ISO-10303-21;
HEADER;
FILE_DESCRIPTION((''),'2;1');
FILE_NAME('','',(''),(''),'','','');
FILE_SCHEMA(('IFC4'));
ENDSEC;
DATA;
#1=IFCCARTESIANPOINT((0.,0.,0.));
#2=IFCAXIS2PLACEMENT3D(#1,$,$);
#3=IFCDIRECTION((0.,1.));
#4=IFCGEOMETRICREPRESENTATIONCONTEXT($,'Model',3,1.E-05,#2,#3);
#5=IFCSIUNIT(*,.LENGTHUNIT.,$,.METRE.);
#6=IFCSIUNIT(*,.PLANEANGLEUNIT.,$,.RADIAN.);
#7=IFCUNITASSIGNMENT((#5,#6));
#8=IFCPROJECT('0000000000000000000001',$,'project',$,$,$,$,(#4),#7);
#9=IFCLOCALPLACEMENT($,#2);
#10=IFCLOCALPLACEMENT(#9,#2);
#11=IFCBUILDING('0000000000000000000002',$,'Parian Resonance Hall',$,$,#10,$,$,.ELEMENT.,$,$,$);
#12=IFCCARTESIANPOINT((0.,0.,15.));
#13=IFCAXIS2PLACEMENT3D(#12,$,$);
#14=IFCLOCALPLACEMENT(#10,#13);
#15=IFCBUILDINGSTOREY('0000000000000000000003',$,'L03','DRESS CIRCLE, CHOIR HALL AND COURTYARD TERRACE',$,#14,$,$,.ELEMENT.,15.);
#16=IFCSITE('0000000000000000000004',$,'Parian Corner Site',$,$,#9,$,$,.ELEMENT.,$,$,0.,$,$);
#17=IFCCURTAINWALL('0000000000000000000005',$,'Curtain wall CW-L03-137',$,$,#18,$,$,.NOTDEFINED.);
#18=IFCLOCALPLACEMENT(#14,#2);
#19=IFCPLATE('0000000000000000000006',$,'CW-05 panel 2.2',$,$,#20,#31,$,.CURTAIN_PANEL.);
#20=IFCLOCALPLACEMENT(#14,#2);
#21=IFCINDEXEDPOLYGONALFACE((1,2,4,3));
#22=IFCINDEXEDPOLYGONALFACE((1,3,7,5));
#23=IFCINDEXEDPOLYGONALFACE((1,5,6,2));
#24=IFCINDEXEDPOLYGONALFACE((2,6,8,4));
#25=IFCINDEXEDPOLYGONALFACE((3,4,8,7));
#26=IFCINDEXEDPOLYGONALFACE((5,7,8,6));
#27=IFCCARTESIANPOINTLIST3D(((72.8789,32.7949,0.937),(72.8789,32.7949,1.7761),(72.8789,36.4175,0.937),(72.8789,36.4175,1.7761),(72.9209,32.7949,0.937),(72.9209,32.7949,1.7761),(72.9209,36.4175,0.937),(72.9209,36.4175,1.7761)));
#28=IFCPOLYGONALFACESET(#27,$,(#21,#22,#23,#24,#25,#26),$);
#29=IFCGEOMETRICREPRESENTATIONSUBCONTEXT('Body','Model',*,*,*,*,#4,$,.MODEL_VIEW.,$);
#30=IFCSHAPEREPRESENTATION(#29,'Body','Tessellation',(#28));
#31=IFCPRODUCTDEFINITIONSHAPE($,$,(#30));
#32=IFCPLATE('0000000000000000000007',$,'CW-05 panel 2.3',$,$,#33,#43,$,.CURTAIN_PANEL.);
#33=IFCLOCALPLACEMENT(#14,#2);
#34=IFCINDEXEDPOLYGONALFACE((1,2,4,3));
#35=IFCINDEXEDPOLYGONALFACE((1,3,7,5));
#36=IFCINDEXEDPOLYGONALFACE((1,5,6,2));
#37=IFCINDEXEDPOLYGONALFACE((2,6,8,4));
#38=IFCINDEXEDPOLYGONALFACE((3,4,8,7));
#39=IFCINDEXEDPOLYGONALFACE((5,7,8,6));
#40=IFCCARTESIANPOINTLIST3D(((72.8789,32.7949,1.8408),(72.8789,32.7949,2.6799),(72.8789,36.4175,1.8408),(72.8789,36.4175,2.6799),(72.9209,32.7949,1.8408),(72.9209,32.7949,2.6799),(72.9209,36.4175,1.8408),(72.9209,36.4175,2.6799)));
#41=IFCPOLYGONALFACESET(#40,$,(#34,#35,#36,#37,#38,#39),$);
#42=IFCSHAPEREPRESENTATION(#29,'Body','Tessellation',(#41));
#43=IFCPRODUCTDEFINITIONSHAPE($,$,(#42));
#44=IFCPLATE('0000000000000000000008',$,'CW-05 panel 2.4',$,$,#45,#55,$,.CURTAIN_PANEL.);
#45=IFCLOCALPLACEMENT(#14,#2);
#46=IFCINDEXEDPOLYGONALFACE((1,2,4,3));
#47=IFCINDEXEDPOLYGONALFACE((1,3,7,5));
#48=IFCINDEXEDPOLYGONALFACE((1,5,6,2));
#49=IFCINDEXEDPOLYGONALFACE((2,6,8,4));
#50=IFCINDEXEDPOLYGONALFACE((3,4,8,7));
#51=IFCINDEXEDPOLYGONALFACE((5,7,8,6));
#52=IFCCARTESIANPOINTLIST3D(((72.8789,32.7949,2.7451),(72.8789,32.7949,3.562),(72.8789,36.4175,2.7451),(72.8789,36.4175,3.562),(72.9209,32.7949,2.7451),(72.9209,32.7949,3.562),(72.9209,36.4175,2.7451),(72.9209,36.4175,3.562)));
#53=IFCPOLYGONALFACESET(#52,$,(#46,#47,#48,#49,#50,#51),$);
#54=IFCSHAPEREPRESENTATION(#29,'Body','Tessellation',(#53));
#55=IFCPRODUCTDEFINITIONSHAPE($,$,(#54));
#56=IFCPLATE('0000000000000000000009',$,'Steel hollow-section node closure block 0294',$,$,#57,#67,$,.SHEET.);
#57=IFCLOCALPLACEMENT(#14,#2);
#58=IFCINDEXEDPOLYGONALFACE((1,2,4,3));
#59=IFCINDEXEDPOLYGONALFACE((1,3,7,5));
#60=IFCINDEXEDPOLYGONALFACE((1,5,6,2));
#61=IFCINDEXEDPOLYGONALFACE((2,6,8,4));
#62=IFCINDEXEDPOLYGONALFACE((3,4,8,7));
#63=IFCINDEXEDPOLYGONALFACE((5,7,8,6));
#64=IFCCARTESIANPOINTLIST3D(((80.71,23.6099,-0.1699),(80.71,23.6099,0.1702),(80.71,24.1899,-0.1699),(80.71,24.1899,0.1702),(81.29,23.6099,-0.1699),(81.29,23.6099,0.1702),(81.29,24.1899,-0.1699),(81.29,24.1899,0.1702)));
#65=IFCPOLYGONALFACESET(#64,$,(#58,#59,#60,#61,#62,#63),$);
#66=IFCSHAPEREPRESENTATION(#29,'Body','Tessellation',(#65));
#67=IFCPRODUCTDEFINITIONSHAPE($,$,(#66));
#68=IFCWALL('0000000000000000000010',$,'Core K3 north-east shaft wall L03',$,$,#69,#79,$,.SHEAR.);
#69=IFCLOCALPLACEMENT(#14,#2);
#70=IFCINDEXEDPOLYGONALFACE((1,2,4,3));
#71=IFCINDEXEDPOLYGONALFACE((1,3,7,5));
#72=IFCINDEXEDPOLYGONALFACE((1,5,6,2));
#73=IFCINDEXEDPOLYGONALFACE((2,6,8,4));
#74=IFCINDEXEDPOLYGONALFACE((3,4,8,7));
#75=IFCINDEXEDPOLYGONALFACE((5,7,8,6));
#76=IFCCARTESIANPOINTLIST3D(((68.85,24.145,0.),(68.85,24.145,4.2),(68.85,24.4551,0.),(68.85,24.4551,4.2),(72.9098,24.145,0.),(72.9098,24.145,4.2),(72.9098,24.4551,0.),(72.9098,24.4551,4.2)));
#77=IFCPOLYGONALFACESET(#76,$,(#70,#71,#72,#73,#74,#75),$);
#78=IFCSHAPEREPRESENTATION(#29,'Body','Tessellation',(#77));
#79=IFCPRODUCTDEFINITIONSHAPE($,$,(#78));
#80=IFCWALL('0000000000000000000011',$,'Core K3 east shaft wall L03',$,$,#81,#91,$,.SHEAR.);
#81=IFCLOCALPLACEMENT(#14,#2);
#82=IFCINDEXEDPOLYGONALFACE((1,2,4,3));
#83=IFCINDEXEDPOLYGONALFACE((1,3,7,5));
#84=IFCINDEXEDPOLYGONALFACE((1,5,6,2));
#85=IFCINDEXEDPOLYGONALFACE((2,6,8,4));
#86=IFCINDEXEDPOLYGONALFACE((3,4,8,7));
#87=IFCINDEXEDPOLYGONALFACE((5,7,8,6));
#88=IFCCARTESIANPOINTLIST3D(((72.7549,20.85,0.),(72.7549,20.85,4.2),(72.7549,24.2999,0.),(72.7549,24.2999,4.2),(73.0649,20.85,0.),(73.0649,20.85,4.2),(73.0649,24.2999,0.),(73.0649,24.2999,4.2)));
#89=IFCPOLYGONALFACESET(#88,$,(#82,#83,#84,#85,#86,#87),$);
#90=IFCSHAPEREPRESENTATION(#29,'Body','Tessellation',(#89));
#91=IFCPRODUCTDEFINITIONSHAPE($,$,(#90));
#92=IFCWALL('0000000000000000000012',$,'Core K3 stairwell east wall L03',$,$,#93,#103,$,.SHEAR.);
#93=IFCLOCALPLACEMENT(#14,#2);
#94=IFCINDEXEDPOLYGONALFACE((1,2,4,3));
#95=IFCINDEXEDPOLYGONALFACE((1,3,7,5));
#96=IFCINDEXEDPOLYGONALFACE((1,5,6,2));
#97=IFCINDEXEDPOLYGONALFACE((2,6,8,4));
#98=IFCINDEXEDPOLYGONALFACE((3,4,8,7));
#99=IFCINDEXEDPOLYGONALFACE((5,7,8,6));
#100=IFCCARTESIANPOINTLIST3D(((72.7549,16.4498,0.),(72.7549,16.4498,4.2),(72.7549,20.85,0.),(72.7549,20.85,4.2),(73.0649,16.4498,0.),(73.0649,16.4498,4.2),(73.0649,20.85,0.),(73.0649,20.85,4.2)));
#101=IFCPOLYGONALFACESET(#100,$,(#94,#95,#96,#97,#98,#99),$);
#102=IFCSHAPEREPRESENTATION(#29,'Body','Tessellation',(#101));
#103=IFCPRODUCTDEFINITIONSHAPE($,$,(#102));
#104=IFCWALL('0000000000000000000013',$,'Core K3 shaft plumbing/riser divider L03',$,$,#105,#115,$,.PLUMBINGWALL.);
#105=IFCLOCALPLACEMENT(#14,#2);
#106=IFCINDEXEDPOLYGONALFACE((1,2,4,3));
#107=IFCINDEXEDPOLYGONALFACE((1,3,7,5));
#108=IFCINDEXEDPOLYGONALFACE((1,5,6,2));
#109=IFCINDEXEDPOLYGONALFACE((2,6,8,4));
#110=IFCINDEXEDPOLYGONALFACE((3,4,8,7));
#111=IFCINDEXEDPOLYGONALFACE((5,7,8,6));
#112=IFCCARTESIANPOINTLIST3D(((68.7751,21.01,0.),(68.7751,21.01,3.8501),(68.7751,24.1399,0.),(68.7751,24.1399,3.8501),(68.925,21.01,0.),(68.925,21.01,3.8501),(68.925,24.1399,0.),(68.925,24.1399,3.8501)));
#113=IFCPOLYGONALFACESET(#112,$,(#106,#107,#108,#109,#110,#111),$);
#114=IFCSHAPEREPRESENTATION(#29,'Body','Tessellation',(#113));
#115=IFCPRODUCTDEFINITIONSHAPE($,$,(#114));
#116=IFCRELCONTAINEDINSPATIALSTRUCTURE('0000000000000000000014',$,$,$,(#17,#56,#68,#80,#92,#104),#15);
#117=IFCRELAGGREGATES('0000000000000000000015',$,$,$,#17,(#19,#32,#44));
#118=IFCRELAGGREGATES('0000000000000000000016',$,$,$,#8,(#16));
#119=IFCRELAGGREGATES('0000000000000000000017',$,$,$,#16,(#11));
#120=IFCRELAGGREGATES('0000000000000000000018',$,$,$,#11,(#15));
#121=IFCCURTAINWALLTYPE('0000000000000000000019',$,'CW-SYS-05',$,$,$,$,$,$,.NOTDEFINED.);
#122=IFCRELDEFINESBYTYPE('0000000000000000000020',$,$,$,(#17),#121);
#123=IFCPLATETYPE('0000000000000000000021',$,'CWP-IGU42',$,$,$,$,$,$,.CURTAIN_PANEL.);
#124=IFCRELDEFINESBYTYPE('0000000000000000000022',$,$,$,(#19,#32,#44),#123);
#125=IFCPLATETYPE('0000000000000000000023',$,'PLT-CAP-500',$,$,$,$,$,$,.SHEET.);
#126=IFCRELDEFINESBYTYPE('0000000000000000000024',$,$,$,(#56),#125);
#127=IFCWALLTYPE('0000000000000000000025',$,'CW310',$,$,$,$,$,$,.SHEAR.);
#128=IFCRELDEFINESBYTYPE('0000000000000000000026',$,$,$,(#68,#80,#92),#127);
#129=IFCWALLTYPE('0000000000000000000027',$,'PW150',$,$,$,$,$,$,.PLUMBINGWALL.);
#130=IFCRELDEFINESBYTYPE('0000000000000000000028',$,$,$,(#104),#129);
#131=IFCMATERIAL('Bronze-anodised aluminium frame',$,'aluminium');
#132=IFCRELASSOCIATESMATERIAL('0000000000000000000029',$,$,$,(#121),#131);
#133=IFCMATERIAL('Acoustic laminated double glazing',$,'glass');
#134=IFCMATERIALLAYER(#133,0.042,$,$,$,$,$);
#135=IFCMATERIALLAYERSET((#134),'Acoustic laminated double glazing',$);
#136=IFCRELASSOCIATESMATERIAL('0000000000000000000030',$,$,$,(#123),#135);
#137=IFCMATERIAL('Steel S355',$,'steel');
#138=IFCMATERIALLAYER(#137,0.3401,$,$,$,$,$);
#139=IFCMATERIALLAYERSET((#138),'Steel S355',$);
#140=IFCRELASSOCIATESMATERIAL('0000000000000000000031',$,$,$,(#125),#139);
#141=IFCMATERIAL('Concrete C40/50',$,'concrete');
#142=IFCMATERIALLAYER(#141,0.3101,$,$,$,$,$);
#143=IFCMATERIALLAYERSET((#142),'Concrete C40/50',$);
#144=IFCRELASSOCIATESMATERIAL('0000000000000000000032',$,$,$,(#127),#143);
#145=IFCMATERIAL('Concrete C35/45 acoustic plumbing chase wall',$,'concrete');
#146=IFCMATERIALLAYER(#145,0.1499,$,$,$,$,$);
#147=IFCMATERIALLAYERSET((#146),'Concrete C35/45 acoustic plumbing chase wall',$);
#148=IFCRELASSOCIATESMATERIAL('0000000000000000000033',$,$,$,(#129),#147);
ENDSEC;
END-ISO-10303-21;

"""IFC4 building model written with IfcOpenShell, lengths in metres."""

from ifc_helpers import new_model, si_unit, direction, frame, frame_2d, origin, origin_2d, place, context, subcontext, project, spatial, rectangle, extrude, material, layer, layer_set, type_object, element, aggregate, save


model = new_model("IFC4")

# Units and contexts
model_context = context("Model", 3, precision=1e-05, world=origin(), true_north=direction((0.0, 1.0)))
body_context = subcontext(model_context, "Body", "Model", "MODEL_VIEW")
ifc_project = project(units=[si_unit("LENGTHUNIT", "METRE"), si_unit("PLANEANGLEUNIT", "RADIAN")], contexts=[model_context])

# Site, building, storey
site_placement = place(None, origin())
site = spatial("IfcSite", under=ifc_project, at=site_placement, Name="Parian Corner Site", CompositionType="ELEMENT", RefElevation=0.0)
building_placement = place(site_placement, origin())
building = spatial("IfcBuilding", under=site, at=building_placement, Name="Parian Resonance Hall", CompositionType="ELEMENT")
storey_placement = place(building_placement, frame((0.0, 0.0, 15.0)))
storey = spatial("IfcBuildingStorey", under=building, at=storey_placement, Name="L03", Description="DRESS CIRCLE, CHOIR HALL AND COURTYARD TERRACE", CompositionType="ELEMENT", Elevation=15.0)

# Curtain wall
ifc_material_1 = material(Name="Bronze-anodised aluminium frame", Category="aluminium")
curtain_wall_type_1 = type_object("IfcCurtainWallType", Name="CW-SYS-05", PredefinedType="NOTDEFINED", material=ifc_material_1)
curtain_wall_1_placement = place(storey_placement, origin())
curtain_wall_1 = element("IfcCurtainWall", 1, at=curtain_wall_1_placement, inside=storey, type_object=curtain_wall_type_1, Name="Curtain wall CW-L03-137", PredefinedType="NOTDEFINED")

# Plates
ifc_material_2 = material(Name="Acoustic laminated double glazing", Category="glass")
ifc_layer_1 = layer(ifc_material_2, 0.042)
ifc_layer_set_1 = layer_set([ifc_layer_1], Name="Acoustic laminated double glazing")
plate_type_1 = type_object("IfcPlateType", Name="CWP-IGU42", PredefinedType="CURTAIN_PANEL", material=ifc_layer_set_1)
plate_1_placement = place(storey_placement, frame((72.8999, 34.6062, 0.937), z_axis=(0.0, 0.0, 1.0), x_axis=(0.0, -1.0, 0.0)))
plate_1 = element("IfcPlate", 2, at=plate_1_placement, type_object=plate_type_1, Name="CW-05 panel 2.2", PredefinedType="CURTAIN_PANEL", context=body_context, shape_type="SweptSolid", body=[
    extrude(rectangle(XDim=3.6226, YDim=0.042, at=origin_2d()), origin(), (0.0, 0.0, 1.0), 0.8391),
])
plate_2_placement = place(storey_placement, frame((72.8999, 34.6062, 1.8408), z_axis=(0.0, 0.0, 1.0), x_axis=(0.0, -1.0, 0.0)))
plate_2 = element("IfcPlate", 3, at=plate_2_placement, type_object=plate_type_1, Name="CW-05 panel 2.3", PredefinedType="CURTAIN_PANEL", context=body_context, shape_type="SweptSolid", body=[
    extrude(rectangle(XDim=3.6226, YDim=0.042, at=origin_2d()), origin(), (0.0, 0.0, 1.0), 0.8391),
])
plate_3_placement = place(storey_placement, frame((72.8999, 34.6062, 2.7451), z_axis=(0.0, 0.0, 1.0), x_axis=(0.0, -1.0, 0.0)))
plate_3 = element("IfcPlate", 4, at=plate_3_placement, type_object=plate_type_1, Name="CW-05 panel 2.4", PredefinedType="CURTAIN_PANEL", context=body_context, shape_type="SweptSolid", body=[
    extrude(rectangle(XDim=3.6226, YDim=0.042, at=origin_2d()), origin(), (0.0, 0.0, 1.0), 0.8169),
])
aggregate(curtain_wall_1, [plate_1, plate_2, plate_3])
ifc_material_3 = material(Name="Steel S355", Category="steel")
ifc_layer_2 = layer(ifc_material_3, 0.3401)
ifc_layer_set_2 = layer_set([ifc_layer_2], Name="Steel S355")
plate_type_2 = type_object("IfcPlateType", Name="PLT-CAP-500", PredefinedType="SHEET", material=ifc_layer_set_2)
plate_4_placement = place(storey_placement, frame((81.0, 23.8999, -0.1699), z_axis=(0.0, 0.0, 1.0), x_axis=(1.0, 0.0, 0.0)))
element("IfcPlate", 5, at=plate_4_placement, inside=storey, type_object=plate_type_2, Name="Steel hollow-section node closure block 0294", PredefinedType="SHEET", context=body_context, shape_type="SweptSolid", body=[
    extrude(rectangle(XDim=0.5801, YDim=0.5801, at=origin_2d()), origin(), (0.0, 0.0, 1.0), 0.3401),
])

# Walls
ifc_material_4 = material(Name="Concrete C40/50", Category="concrete")
ifc_layer_3 = layer(ifc_material_4, 0.3101)
ifc_layer_set_3 = layer_set([ifc_layer_3], Name="Concrete C40/50")
wall_type_1 = type_object("IfcWallType", Name="CW310", PredefinedType="SHEAR", material=ifc_layer_set_3)
wall_1_placement = place(storey_placement, frame((68.8501, 24.3, 0.0), z_axis=(0.0, 0.0, 1.0), x_axis=(1.0, 0.0, 0.0)))
element("IfcWall", 6, at=wall_1_placement, inside=storey, type_object=wall_type_1, Name="Core K3 north-east shaft wall L03", PredefinedType="SHEAR", context=body_context, shape_type="SweptSolid", body=[
    extrude(rectangle(XDim=4.0598, YDim=0.3101, at=frame_2d((2.0298, 0.0))), origin(), (0.0, 0.0, 1.0), 4.2),
])
wall_2_placement = place(storey_placement, frame((72.9099, 24.3, 0.0), z_axis=(0.0, 0.0, 1.0), x_axis=(0.0, -1.0, 0.0)))
element("IfcWall", 7, at=wall_2_placement, inside=storey, type_object=wall_type_1, Name="Core K3 east shaft wall L03", PredefinedType="SHEAR", context=body_context, shape_type="SweptSolid", body=[
    extrude(rectangle(XDim=3.45, YDim=0.3101, at=frame_2d((1.7251, 0.0))), origin(), (0.0, 0.0, 1.0), 4.2),
])
wall_3_placement = place(storey_placement, frame((72.9099, 20.8501, 0.0), z_axis=(0.0, 0.0, 1.0), x_axis=(0.0, -1.0, 0.0)))
element("IfcWall", 8, at=wall_3_placement, inside=storey, type_object=wall_type_1, Name="Core K3 stairwell east wall L03", PredefinedType="SHEAR", context=body_context, shape_type="SweptSolid", body=[
    extrude(rectangle(XDim=4.4001, YDim=0.3101, at=frame_2d((2.2002, 0.0))), origin(), (0.0, 0.0, 1.0), 4.2),
])
ifc_material_5 = material(Name="Concrete C35/45 acoustic plumbing chase wall", Category="concrete")
ifc_layer_4 = layer(ifc_material_5, 0.1499)
ifc_layer_set_4 = layer_set([ifc_layer_4], Name="Concrete C35/45 acoustic plumbing chase wall")
wall_type_2 = type_object("IfcWallType", Name="PW150", PredefinedType="PLUMBINGWALL", material=ifc_layer_set_4)
wall_4_placement = place(storey_placement, frame((68.8501, 21.01, 0.0), z_axis=(0.0, 0.0, 1.0), x_axis=(0.0, 1.0, 0.0)))
element("IfcWall", 9, at=wall_4_placement, inside=storey, type_object=wall_type_2, Name="Core K3 shaft plumbing/riser divider L03", PredefinedType="PLUMBINGWALL", context=body_context, shape_type="SweptSolid", body=[
    extrude(rectangle(XDim=3.1299, YDim=0.1499, at=frame_2d((1.5649, 0.0))), origin(), (0.0, 0.0, 1.0), 3.8501),
])

save(model, "model.ifc")
